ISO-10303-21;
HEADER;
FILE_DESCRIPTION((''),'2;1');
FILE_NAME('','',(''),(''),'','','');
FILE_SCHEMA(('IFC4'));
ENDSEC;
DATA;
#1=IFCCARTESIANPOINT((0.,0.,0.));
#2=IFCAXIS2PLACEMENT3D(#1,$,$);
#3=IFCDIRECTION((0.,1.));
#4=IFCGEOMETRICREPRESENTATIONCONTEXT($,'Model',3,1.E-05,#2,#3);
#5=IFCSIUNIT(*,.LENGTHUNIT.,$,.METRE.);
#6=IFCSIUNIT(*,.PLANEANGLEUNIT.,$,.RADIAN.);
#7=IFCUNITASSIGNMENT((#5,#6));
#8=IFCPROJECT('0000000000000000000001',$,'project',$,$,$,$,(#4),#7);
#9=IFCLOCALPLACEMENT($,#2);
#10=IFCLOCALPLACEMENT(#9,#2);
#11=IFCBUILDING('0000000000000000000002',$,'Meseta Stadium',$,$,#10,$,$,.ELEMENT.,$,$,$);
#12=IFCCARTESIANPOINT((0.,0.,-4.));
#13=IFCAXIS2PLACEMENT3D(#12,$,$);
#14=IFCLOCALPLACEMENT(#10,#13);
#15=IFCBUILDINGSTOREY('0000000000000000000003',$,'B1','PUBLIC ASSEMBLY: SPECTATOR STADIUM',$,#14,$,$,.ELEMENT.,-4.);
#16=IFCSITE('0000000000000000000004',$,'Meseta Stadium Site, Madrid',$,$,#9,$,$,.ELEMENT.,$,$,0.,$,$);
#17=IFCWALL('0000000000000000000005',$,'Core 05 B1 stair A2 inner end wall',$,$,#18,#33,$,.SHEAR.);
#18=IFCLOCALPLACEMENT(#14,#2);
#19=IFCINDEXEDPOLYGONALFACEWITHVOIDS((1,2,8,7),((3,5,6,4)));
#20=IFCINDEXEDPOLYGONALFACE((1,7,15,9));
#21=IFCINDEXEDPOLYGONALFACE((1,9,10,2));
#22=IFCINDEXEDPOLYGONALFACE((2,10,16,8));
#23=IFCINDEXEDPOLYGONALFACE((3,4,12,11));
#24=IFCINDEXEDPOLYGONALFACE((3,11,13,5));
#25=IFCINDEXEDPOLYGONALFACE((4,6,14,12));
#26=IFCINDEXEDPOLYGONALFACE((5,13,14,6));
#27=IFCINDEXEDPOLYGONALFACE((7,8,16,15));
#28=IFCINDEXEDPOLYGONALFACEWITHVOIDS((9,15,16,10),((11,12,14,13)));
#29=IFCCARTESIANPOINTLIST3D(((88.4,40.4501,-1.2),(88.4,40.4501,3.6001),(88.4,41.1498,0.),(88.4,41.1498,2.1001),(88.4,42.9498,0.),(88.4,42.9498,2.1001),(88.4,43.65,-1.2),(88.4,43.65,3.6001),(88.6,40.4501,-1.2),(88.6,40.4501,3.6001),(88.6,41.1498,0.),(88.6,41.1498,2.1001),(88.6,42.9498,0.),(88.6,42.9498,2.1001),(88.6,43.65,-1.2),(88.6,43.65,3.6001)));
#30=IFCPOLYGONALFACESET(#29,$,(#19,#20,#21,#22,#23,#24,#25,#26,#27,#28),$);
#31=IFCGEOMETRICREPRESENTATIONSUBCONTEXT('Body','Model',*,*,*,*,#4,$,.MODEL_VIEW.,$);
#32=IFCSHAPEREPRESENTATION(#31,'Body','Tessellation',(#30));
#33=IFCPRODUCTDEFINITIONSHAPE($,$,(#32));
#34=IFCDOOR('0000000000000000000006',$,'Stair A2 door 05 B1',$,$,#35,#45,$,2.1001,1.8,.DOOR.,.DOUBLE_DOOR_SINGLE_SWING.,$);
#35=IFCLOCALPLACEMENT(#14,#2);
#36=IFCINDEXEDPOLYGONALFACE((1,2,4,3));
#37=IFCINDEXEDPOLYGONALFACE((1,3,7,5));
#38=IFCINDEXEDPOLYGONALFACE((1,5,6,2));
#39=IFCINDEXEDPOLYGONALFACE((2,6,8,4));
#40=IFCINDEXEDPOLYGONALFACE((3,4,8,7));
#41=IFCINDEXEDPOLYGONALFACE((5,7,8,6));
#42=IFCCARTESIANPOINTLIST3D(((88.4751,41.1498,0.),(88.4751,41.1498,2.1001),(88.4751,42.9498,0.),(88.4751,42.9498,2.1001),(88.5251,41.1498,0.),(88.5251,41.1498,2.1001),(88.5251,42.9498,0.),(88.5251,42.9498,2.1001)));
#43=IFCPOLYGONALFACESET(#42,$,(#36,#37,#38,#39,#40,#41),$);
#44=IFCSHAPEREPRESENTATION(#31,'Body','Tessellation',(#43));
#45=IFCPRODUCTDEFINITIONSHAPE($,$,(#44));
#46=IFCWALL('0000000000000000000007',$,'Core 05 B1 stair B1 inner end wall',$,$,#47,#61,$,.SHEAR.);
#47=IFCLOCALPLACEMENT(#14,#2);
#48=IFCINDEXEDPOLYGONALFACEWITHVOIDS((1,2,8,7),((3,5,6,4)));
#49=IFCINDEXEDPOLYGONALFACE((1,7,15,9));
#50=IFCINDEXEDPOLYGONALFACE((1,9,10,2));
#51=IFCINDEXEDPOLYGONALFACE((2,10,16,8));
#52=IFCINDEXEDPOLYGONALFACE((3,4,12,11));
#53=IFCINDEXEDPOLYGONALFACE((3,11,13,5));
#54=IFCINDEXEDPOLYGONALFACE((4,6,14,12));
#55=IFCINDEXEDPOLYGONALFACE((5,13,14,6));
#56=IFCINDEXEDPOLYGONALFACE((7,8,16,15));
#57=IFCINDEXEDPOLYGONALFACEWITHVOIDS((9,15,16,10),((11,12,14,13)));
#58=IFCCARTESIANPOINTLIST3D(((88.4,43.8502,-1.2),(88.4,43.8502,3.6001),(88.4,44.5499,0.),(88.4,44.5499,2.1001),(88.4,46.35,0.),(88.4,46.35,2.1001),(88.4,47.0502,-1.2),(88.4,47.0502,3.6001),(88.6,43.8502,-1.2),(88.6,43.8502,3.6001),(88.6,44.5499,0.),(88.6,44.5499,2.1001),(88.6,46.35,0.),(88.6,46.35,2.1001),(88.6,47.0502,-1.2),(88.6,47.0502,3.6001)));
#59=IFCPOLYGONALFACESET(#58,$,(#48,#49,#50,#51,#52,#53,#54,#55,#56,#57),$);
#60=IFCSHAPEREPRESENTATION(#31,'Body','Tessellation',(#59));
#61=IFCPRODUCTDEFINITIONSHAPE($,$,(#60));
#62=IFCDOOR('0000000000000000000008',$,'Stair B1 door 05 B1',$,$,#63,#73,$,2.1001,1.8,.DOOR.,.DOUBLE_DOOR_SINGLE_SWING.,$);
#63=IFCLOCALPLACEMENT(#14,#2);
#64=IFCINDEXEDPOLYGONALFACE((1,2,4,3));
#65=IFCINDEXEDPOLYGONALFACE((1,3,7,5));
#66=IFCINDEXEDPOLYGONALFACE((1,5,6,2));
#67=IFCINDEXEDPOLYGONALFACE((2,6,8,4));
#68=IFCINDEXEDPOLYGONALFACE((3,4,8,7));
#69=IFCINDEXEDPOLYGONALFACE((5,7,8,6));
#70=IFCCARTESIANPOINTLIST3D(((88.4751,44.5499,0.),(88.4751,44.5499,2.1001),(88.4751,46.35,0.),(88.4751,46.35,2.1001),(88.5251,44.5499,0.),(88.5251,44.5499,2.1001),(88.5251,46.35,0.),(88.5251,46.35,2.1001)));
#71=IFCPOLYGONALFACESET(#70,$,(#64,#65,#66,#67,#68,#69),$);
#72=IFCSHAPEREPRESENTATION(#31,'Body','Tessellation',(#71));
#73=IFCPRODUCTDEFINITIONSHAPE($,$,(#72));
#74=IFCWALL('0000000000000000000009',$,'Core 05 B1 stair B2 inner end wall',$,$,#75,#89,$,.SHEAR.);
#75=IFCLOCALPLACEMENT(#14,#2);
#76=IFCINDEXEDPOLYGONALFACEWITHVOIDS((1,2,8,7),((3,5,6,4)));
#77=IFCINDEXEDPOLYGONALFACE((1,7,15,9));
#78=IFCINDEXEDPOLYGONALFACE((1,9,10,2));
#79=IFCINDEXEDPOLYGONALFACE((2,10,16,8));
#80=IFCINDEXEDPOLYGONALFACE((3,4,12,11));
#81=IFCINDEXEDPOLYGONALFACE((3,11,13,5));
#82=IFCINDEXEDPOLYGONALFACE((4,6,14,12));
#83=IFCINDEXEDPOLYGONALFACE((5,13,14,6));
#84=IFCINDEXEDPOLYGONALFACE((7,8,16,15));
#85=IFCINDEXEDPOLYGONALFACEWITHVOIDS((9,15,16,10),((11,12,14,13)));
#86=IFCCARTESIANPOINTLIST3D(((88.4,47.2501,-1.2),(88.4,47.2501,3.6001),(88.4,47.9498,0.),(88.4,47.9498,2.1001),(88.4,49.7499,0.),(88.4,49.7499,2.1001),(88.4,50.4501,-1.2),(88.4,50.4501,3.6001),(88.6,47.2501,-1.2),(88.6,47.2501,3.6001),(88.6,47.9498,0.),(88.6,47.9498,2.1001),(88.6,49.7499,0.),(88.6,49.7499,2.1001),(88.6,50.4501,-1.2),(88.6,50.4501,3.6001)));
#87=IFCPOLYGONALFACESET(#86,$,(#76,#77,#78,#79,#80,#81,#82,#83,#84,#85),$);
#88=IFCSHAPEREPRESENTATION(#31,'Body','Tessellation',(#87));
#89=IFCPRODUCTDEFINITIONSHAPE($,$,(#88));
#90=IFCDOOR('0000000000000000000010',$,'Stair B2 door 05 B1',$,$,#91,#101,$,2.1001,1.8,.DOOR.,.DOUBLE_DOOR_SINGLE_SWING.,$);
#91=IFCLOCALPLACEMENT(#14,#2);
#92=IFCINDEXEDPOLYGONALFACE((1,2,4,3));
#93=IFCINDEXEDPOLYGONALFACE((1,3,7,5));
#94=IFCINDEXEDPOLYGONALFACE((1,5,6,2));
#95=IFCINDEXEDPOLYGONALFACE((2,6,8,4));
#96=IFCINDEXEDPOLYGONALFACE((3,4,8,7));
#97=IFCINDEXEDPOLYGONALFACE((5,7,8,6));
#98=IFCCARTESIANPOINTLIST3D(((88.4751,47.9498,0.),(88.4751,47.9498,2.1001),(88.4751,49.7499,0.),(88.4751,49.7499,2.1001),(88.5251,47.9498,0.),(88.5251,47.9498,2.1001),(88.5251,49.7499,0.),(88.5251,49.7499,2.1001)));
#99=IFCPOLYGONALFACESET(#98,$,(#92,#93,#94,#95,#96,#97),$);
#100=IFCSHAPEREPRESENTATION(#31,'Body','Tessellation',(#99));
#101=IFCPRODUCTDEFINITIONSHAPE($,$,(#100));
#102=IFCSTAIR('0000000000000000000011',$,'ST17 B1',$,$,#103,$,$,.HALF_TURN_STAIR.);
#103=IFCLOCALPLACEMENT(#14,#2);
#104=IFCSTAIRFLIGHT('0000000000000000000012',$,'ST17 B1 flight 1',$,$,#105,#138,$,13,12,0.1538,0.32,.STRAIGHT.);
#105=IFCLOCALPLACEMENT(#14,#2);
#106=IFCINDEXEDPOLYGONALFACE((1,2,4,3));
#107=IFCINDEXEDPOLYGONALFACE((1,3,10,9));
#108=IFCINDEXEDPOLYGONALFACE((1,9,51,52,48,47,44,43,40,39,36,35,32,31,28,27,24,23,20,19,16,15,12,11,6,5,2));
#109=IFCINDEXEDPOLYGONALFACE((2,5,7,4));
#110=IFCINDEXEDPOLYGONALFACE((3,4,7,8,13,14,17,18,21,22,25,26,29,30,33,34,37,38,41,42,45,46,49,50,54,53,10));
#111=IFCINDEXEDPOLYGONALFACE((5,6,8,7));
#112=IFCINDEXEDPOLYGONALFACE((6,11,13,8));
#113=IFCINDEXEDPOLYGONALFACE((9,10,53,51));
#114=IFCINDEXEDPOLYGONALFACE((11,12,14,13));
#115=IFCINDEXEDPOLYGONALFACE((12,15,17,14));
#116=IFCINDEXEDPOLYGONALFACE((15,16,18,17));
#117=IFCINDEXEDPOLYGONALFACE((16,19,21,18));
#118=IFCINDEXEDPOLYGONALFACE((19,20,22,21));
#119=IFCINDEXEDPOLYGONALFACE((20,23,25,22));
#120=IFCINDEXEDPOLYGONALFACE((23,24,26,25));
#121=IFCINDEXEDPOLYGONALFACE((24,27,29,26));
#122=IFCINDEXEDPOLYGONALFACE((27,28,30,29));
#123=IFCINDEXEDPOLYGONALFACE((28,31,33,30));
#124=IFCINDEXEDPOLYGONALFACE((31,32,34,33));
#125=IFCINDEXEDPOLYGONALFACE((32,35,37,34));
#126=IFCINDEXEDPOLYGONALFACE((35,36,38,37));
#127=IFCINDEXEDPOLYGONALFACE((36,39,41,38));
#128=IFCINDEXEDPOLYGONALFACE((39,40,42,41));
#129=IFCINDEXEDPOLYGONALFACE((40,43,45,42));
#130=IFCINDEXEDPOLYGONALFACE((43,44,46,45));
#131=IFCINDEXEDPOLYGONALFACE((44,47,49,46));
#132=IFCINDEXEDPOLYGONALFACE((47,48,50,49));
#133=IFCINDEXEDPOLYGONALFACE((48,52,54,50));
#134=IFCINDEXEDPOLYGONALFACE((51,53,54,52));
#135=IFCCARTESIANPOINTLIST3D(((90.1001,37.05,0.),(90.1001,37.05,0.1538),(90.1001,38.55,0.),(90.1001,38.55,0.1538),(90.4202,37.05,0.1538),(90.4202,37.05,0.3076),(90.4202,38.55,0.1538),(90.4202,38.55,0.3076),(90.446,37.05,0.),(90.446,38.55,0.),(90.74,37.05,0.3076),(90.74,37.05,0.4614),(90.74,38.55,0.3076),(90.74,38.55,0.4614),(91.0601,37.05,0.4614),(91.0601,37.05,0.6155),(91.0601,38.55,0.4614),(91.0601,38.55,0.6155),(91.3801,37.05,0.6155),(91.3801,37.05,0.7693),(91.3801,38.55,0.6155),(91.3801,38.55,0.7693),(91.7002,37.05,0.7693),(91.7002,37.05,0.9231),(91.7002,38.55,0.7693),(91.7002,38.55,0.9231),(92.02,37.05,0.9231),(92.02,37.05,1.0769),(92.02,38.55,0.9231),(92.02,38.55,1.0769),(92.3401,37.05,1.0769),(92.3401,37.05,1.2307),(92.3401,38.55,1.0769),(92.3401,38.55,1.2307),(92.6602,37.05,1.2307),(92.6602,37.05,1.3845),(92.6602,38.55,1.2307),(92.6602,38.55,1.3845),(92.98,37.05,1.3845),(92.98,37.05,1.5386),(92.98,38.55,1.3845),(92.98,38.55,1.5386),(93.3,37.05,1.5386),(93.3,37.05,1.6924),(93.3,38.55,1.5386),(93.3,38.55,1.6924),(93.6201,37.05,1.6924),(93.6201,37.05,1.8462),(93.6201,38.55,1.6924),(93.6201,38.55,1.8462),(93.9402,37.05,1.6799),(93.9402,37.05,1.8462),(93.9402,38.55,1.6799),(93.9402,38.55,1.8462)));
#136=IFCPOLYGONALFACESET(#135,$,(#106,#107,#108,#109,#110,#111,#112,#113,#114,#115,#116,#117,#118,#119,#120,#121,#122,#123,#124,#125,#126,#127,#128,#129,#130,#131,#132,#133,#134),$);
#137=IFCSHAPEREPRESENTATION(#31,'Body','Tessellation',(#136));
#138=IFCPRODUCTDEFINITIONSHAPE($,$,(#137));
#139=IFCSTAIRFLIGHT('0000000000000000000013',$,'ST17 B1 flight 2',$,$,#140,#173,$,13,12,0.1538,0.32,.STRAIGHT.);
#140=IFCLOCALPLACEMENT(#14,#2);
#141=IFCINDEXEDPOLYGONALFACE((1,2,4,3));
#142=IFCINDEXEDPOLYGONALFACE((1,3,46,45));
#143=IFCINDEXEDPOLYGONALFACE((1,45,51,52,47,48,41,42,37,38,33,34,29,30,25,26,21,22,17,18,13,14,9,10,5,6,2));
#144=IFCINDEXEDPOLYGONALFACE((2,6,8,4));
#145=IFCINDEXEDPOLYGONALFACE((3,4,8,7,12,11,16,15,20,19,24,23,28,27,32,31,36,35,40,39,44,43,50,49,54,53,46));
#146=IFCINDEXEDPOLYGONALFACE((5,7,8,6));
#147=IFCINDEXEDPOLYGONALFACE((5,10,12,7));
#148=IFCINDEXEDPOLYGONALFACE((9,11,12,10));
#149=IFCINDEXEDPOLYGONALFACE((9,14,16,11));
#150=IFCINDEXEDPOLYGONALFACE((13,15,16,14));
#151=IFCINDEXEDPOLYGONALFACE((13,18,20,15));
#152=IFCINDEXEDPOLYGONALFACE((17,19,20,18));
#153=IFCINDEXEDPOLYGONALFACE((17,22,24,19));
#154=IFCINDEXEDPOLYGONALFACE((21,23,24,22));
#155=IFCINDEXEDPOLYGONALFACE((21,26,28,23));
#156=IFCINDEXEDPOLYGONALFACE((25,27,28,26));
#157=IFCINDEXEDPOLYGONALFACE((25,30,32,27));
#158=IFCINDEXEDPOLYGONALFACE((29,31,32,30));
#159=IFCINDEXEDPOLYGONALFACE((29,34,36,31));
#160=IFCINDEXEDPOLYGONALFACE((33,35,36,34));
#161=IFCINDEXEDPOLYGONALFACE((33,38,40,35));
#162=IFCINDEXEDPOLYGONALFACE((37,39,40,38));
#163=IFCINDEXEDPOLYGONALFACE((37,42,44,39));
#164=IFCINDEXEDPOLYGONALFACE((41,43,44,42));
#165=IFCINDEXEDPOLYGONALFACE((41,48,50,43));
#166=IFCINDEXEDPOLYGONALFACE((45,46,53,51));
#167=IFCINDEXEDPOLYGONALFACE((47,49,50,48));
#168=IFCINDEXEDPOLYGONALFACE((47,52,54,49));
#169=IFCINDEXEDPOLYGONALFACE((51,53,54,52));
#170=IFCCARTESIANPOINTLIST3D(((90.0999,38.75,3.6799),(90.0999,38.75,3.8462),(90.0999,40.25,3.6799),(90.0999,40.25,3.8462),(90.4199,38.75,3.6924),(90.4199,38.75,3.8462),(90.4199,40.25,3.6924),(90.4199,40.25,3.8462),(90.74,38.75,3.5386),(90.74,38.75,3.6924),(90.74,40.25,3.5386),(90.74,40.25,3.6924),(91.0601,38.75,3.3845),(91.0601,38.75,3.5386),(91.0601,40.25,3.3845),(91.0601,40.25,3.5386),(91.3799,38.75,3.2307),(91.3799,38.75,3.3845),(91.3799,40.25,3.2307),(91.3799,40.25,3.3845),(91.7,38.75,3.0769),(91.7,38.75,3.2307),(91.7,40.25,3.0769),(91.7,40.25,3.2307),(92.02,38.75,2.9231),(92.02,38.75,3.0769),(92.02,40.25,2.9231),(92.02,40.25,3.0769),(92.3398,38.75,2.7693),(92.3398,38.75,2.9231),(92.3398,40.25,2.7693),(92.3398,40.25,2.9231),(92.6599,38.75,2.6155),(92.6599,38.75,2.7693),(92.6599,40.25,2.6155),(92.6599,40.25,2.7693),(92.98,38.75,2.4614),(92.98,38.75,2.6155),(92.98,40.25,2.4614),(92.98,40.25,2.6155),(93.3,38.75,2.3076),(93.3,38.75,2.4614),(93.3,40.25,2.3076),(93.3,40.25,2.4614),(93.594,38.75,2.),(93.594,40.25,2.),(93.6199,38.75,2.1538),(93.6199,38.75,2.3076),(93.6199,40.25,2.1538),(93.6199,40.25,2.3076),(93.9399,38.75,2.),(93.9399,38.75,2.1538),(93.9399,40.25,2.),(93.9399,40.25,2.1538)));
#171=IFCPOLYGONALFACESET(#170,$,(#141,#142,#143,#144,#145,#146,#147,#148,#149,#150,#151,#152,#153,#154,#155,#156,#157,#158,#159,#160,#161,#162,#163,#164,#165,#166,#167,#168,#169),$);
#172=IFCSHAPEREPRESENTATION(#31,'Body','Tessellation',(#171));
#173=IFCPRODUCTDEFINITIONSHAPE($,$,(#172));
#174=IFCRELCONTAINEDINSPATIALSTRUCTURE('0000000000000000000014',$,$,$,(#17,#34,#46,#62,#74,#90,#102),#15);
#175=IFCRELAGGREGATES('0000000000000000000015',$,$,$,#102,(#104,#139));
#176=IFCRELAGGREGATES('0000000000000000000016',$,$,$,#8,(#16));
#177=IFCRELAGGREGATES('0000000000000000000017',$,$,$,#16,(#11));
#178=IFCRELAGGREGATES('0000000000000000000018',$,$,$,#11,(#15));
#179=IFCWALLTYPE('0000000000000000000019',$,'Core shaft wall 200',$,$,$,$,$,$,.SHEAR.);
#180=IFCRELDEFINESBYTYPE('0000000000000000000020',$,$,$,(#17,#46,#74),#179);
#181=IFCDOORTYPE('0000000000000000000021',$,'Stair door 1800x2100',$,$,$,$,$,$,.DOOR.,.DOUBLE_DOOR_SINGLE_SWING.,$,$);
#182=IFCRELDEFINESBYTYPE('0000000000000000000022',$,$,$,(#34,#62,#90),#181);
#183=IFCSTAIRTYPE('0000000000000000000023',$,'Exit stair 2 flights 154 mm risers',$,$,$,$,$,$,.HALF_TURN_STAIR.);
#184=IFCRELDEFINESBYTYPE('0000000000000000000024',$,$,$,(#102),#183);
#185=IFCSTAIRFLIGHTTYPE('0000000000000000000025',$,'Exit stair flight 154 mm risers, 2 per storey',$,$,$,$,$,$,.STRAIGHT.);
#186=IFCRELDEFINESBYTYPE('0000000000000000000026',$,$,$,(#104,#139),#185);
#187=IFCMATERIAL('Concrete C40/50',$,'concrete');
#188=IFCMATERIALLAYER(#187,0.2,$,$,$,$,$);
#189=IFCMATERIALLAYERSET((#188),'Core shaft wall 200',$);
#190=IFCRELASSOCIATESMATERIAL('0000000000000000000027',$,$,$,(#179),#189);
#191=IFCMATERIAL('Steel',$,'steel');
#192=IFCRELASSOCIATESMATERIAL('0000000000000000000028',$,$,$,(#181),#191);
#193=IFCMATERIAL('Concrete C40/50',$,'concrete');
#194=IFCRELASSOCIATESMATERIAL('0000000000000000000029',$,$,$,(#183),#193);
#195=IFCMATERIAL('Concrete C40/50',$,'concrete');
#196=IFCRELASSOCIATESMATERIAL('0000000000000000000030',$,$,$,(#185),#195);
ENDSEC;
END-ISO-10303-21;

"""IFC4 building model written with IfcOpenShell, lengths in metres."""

from ifc_helpers import new_model, si_unit, direction, frame, frame_2d, origin, place, context, subcontext, project, spatial, polyline, rectangle, outline, extrude, material, layer, layer_set, type_object, element, fill, aggregate, save


model = new_model("IFC4")

# Units and contexts
model_context = context("Model", 3, precision=1e-05, world=origin(), true_north=direction((0.0, 1.0)))
body_context = subcontext(model_context, "Body", "Model", "MODEL_VIEW")
ifc_project = project(units=[si_unit("LENGTHUNIT", "METRE"), si_unit("PLANEANGLEUNIT", "RADIAN")], contexts=[model_context])

# Site, building, storey
site_placement = place(None, origin())
site = spatial("IfcSite", under=ifc_project, at=site_placement, Name="Meseta Stadium Site, Madrid", CompositionType="ELEMENT", RefElevation=0.0)
building_placement = place(site_placement, origin())
building = spatial("IfcBuilding", under=site, at=building_placement, Name="Meseta Stadium", CompositionType="ELEMENT")
storey_placement = place(building_placement, frame((0.0, 0.0, -4.0)))
storey = spatial("IfcBuildingStorey", under=building, at=storey_placement, Name="B1", Description="PUBLIC ASSEMBLY: SPECTATOR STADIUM", CompositionType="ELEMENT", Elevation=-4.0)

# Walls, openings, doors
ifc_material_1 = material(Name="Concrete C40/50", Category="concrete")
ifc_layer = layer(ifc_material_1, 0.2)
ifc_layer_set = layer_set([ifc_layer], Name="Core shaft wall 200")
wall_type = type_object("IfcWallType", Name="Core shaft wall 200", PredefinedType="SHEAR", material=ifc_layer_set)
wall_1_placement = place(storey_placement, frame((88.5, 40.45, -1.2), z_axis=(0.0, 0.0, 1.0), x_axis=(0.0, 1.0, 0.0)))
wall_1 = element("IfcWall", 1, at=wall_1_placement, inside=storey, type_object=wall_type, Name="Core 05 B1 stair A2 inner end wall", PredefinedType="SHEAR", context=body_context, shape_type="SweptSolid", body=[
    extrude(rectangle(XDim=3.2, YDim=0.2, at=frame_2d((1.6001, 0.0))), origin(), (0.0, 0.0, 1.0), 4.8),
])
opening_1_placement = place(wall_1_placement, frame((0.7, 0.0, 1.2)))
opening_1 = element("IfcOpeningElement", 2, at=opening_1_placement, cuts=wall_1, PredefinedType="OPENING", context=body_context, shape_type="SweptSolid", body=[
    extrude(rectangle(XDim=1.8, YDim=2.1001, at=frame_2d((0.8999, 1.05))), frame((0.0, 0.1099, 0.0), z_axis=(0.0, -1.0, 0.0), x_axis=(1.0, 0.0, 0.0)), (0.0, 0.0, 1.0), 0.22),
])
ifc_material_2 = material(Name="Steel", Category="steel")
door_type = type_object("IfcDoorType", Name="Stair door 1800x2100", OperationType="DOUBLE_DOOR_SINGLE_SWING", PredefinedType="DOOR", material=ifc_material_2)
door_1_placement = place(opening_1_placement, origin())
door_1 = element("IfcDoor", 3, at=door_1_placement, inside=storey, type_object=door_type, Name="Stair A2 door 05 B1", OperationType="DOUBLE_DOOR_SINGLE_SWING", OverallHeight=2.1001, OverallWidth=1.8, PredefinedType="DOOR", context=body_context, shape_type="SweptSolid", body=[
    extrude(rectangle(XDim=1.8, YDim=2.1001, at=frame_2d((0.8999, 1.05))), frame((0.0, 0.0249, 0.0), z_axis=(0.0, -1.0, 0.0), x_axis=(1.0, 0.0, 0.0)), (0.0, 0.0, 1.0), 0.05),
])
fill(opening_1, door_1)
wall_2_placement = place(storey_placement, frame((88.5, 43.8501, -1.2), z_axis=(0.0, 0.0, 1.0), x_axis=(0.0, 1.0, 0.0)))
wall_2 = element("IfcWall", 4, at=wall_2_placement, inside=storey, type_object=wall_type, Name="Core 05 B1 stair B1 inner end wall", PredefinedType="SHEAR", context=body_context, shape_type="SweptSolid", body=[
    extrude(rectangle(XDim=3.2, YDim=0.2, at=frame_2d((1.6001, 0.0))), origin(), (0.0, 0.0, 1.0), 4.8),
])
opening_2_placement = place(wall_2_placement, frame((0.7, 0.0, 1.2)))
opening_2 = element("IfcOpeningElement", 5, at=opening_2_placement, cuts=wall_2, PredefinedType="OPENING", context=body_context, shape_type="SweptSolid", body=[
    extrude(rectangle(XDim=1.8, YDim=2.1001, at=frame_2d((0.8999, 1.05))), frame((0.0, 0.1099, 0.0), z_axis=(0.0, -1.0, 0.0), x_axis=(1.0, 0.0, 0.0)), (0.0, 0.0, 1.0), 0.22),
])
door_2_placement = place(opening_2_placement, origin())
door_2 = element("IfcDoor", 6, at=door_2_placement, inside=storey, type_object=door_type, Name="Stair B1 door 05 B1", OperationType="DOUBLE_DOOR_SINGLE_SWING", OverallHeight=2.1001, OverallWidth=1.8, PredefinedType="DOOR", context=body_context, shape_type="SweptSolid", body=[
    extrude(rectangle(XDim=1.8, YDim=2.1001, at=frame_2d((0.8999, 1.05))), frame((0.0, 0.0249, 0.0), z_axis=(0.0, -1.0, 0.0), x_axis=(1.0, 0.0, 0.0)), (0.0, 0.0, 1.0), 0.05),
])
fill(opening_2, door_2)
wall_3_placement = place(storey_placement, frame((88.5, 47.25, -1.2), z_axis=(0.0, 0.0, 1.0), x_axis=(0.0, 1.0, 0.0)))
wall_3 = element("IfcWall", 7, at=wall_3_placement, inside=storey, type_object=wall_type, Name="Core 05 B1 stair B2 inner end wall", PredefinedType="SHEAR", context=body_context, shape_type="SweptSolid", body=[
    extrude(rectangle(XDim=3.2, YDim=0.2, at=frame_2d((1.6001, 0.0))), origin(), (0.0, 0.0, 1.0), 4.8),
])
opening_3_placement = place(wall_3_placement, frame((0.7, 0.0, 1.2)))
opening_3 = element("IfcOpeningElement", 8, at=opening_3_placement, cuts=wall_3, PredefinedType="OPENING", context=body_context, shape_type="SweptSolid", body=[
    extrude(rectangle(XDim=1.8, YDim=2.1001, at=frame_2d((0.8999, 1.05))), frame((0.0, 0.1099, 0.0), z_axis=(0.0, -1.0, 0.0), x_axis=(1.0, 0.0, 0.0)), (0.0, 0.0, 1.0), 0.22),
])
door_3_placement = place(opening_3_placement, origin())
door_3 = element("IfcDoor", 9, at=door_3_placement, inside=storey, type_object=door_type, Name="Stair B2 door 05 B1", OperationType="DOUBLE_DOOR_SINGLE_SWING", OverallHeight=2.1001, OverallWidth=1.8, PredefinedType="DOOR", context=body_context, shape_type="SweptSolid", body=[
    extrude(rectangle(XDim=1.8, YDim=2.1001, at=frame_2d((0.8999, 1.05))), frame((0.0, 0.0249, 0.0), z_axis=(0.0, -1.0, 0.0), x_axis=(1.0, 0.0, 0.0)), (0.0, 0.0, 1.0), 0.05),
])
fill(opening_3, door_3)

# Stair, stair flights
ifc_material_3 = material(Name="Concrete C40/50", Category="concrete")
stair_type = type_object("IfcStairType", Name="Exit stair 2 flights 154 mm risers", PredefinedType="HALF_TURN_STAIR", material=ifc_material_3)
stair_1_placement = place(storey_placement, origin())
stair_1 = element("IfcStair", 10, at=stair_1_placement, inside=storey, type_object=stair_type, Name="ST17 B1", PredefinedType="HALF_TURN_STAIR")
ifc_material_4 = material(Name="Concrete C40/50", Category="concrete")
stair_flight_type = type_object("IfcStairFlightType", Name="Exit stair flight 154 mm risers, 2 per storey", PredefinedType="STRAIGHT", material=ifc_material_4)
stair_flight_1_placement = place(storey_placement, frame((90.1001, 37.8, 0.0), z_axis=(0.0, 0.0, 1.0), x_axis=(1.0, 0.0, 0.0)))
stair_flight_1 = element("IfcStairFlight", 11, at=stair_flight_1_placement, type_object=stair_flight_type, Name="ST17 B1 flight 1", NumberOfRisers=13, NumberOfTreads=12, PredefinedType="STRAIGHT", RiserHeight=0.1538, TreadLength=0.32, context=body_context, shape_type="SweptSolid", body=[
    extrude(outline(polyline([(0.0, 0.0), (0.0, 0.1538), (0.3201, 0.1538), (0.3201, 0.3076), (0.6399, 0.3076), (0.6399, 0.4614), (0.96, 0.4614), (0.96, 0.6155), (1.28, 0.6155), (1.28, 0.7693), (1.6001, 0.7693), (1.6001, 0.9231), (1.9199, 0.9231), (1.9199, 1.0769), (2.24, 1.0769), (2.24, 1.2307), (2.5601, 1.2307), (2.5601, 1.3845), (2.8799, 1.3845), (2.8799, 1.5386), (3.2, 1.5386), (3.2, 1.6924), (3.52, 1.6924), (3.52, 1.8462), (3.8401, 1.8462), (3.8401, 1.6799), (0.3459, 0.0), (0.0, 0.0)])), frame((0.0, 0.75, 0.0), z_axis=(0.0, -1.0, 0.0), x_axis=(1.0, 0.0, 0.0)), (0.0, 0.0, 1.0), 1.5),
])
stair_flight_2_placement = place(storey_placement, frame((93.9399, 39.5, 2.0), z_axis=(0.0, 0.0, 1.0), x_axis=(-1.0, 0.0, 0.0)))
stair_flight_2 = element("IfcStairFlight", 12, at=stair_flight_2_placement, type_object=stair_flight_type, Name="ST17 B1 flight 2", NumberOfRisers=13, NumberOfTreads=12, PredefinedType="STRAIGHT", RiserHeight=0.1538, TreadLength=0.32, context=body_context, shape_type="SweptSolid", body=[
    extrude(outline(polyline([(0.0, 0.0), (0.0, 0.1538), (0.3201, 0.1538), (0.3201, 0.3076), (0.6399, 0.3076), (0.6399, 0.4614), (0.96, 0.4614), (0.96, 0.6155), (1.28, 0.6155), (1.28, 0.7693), (1.6001, 0.7693), (1.6001, 0.9231), (1.9199, 0.9231), (1.9199, 1.0769), (2.24, 1.0769), (2.24, 1.2307), (2.5601, 1.2307), (2.5601, 1.3845), (2.8799, 1.3845), (2.8799, 1.5386), (3.2, 1.5386), (3.2, 1.6924), (3.52, 1.6924), (3.52, 1.8462), (3.8401, 1.8462), (3.8401, 1.6799), (0.3459, 0.0), (0.0, 0.0)])), frame((0.0, 0.75, 0.0), z_axis=(0.0, -1.0, 0.0), x_axis=(1.0, 0.0, 0.0)), (0.0, 0.0, 1.0), 1.5),
])
aggregate(stair_1, [stair_flight_1, stair_flight_2])

save(model, "model.ifc")
